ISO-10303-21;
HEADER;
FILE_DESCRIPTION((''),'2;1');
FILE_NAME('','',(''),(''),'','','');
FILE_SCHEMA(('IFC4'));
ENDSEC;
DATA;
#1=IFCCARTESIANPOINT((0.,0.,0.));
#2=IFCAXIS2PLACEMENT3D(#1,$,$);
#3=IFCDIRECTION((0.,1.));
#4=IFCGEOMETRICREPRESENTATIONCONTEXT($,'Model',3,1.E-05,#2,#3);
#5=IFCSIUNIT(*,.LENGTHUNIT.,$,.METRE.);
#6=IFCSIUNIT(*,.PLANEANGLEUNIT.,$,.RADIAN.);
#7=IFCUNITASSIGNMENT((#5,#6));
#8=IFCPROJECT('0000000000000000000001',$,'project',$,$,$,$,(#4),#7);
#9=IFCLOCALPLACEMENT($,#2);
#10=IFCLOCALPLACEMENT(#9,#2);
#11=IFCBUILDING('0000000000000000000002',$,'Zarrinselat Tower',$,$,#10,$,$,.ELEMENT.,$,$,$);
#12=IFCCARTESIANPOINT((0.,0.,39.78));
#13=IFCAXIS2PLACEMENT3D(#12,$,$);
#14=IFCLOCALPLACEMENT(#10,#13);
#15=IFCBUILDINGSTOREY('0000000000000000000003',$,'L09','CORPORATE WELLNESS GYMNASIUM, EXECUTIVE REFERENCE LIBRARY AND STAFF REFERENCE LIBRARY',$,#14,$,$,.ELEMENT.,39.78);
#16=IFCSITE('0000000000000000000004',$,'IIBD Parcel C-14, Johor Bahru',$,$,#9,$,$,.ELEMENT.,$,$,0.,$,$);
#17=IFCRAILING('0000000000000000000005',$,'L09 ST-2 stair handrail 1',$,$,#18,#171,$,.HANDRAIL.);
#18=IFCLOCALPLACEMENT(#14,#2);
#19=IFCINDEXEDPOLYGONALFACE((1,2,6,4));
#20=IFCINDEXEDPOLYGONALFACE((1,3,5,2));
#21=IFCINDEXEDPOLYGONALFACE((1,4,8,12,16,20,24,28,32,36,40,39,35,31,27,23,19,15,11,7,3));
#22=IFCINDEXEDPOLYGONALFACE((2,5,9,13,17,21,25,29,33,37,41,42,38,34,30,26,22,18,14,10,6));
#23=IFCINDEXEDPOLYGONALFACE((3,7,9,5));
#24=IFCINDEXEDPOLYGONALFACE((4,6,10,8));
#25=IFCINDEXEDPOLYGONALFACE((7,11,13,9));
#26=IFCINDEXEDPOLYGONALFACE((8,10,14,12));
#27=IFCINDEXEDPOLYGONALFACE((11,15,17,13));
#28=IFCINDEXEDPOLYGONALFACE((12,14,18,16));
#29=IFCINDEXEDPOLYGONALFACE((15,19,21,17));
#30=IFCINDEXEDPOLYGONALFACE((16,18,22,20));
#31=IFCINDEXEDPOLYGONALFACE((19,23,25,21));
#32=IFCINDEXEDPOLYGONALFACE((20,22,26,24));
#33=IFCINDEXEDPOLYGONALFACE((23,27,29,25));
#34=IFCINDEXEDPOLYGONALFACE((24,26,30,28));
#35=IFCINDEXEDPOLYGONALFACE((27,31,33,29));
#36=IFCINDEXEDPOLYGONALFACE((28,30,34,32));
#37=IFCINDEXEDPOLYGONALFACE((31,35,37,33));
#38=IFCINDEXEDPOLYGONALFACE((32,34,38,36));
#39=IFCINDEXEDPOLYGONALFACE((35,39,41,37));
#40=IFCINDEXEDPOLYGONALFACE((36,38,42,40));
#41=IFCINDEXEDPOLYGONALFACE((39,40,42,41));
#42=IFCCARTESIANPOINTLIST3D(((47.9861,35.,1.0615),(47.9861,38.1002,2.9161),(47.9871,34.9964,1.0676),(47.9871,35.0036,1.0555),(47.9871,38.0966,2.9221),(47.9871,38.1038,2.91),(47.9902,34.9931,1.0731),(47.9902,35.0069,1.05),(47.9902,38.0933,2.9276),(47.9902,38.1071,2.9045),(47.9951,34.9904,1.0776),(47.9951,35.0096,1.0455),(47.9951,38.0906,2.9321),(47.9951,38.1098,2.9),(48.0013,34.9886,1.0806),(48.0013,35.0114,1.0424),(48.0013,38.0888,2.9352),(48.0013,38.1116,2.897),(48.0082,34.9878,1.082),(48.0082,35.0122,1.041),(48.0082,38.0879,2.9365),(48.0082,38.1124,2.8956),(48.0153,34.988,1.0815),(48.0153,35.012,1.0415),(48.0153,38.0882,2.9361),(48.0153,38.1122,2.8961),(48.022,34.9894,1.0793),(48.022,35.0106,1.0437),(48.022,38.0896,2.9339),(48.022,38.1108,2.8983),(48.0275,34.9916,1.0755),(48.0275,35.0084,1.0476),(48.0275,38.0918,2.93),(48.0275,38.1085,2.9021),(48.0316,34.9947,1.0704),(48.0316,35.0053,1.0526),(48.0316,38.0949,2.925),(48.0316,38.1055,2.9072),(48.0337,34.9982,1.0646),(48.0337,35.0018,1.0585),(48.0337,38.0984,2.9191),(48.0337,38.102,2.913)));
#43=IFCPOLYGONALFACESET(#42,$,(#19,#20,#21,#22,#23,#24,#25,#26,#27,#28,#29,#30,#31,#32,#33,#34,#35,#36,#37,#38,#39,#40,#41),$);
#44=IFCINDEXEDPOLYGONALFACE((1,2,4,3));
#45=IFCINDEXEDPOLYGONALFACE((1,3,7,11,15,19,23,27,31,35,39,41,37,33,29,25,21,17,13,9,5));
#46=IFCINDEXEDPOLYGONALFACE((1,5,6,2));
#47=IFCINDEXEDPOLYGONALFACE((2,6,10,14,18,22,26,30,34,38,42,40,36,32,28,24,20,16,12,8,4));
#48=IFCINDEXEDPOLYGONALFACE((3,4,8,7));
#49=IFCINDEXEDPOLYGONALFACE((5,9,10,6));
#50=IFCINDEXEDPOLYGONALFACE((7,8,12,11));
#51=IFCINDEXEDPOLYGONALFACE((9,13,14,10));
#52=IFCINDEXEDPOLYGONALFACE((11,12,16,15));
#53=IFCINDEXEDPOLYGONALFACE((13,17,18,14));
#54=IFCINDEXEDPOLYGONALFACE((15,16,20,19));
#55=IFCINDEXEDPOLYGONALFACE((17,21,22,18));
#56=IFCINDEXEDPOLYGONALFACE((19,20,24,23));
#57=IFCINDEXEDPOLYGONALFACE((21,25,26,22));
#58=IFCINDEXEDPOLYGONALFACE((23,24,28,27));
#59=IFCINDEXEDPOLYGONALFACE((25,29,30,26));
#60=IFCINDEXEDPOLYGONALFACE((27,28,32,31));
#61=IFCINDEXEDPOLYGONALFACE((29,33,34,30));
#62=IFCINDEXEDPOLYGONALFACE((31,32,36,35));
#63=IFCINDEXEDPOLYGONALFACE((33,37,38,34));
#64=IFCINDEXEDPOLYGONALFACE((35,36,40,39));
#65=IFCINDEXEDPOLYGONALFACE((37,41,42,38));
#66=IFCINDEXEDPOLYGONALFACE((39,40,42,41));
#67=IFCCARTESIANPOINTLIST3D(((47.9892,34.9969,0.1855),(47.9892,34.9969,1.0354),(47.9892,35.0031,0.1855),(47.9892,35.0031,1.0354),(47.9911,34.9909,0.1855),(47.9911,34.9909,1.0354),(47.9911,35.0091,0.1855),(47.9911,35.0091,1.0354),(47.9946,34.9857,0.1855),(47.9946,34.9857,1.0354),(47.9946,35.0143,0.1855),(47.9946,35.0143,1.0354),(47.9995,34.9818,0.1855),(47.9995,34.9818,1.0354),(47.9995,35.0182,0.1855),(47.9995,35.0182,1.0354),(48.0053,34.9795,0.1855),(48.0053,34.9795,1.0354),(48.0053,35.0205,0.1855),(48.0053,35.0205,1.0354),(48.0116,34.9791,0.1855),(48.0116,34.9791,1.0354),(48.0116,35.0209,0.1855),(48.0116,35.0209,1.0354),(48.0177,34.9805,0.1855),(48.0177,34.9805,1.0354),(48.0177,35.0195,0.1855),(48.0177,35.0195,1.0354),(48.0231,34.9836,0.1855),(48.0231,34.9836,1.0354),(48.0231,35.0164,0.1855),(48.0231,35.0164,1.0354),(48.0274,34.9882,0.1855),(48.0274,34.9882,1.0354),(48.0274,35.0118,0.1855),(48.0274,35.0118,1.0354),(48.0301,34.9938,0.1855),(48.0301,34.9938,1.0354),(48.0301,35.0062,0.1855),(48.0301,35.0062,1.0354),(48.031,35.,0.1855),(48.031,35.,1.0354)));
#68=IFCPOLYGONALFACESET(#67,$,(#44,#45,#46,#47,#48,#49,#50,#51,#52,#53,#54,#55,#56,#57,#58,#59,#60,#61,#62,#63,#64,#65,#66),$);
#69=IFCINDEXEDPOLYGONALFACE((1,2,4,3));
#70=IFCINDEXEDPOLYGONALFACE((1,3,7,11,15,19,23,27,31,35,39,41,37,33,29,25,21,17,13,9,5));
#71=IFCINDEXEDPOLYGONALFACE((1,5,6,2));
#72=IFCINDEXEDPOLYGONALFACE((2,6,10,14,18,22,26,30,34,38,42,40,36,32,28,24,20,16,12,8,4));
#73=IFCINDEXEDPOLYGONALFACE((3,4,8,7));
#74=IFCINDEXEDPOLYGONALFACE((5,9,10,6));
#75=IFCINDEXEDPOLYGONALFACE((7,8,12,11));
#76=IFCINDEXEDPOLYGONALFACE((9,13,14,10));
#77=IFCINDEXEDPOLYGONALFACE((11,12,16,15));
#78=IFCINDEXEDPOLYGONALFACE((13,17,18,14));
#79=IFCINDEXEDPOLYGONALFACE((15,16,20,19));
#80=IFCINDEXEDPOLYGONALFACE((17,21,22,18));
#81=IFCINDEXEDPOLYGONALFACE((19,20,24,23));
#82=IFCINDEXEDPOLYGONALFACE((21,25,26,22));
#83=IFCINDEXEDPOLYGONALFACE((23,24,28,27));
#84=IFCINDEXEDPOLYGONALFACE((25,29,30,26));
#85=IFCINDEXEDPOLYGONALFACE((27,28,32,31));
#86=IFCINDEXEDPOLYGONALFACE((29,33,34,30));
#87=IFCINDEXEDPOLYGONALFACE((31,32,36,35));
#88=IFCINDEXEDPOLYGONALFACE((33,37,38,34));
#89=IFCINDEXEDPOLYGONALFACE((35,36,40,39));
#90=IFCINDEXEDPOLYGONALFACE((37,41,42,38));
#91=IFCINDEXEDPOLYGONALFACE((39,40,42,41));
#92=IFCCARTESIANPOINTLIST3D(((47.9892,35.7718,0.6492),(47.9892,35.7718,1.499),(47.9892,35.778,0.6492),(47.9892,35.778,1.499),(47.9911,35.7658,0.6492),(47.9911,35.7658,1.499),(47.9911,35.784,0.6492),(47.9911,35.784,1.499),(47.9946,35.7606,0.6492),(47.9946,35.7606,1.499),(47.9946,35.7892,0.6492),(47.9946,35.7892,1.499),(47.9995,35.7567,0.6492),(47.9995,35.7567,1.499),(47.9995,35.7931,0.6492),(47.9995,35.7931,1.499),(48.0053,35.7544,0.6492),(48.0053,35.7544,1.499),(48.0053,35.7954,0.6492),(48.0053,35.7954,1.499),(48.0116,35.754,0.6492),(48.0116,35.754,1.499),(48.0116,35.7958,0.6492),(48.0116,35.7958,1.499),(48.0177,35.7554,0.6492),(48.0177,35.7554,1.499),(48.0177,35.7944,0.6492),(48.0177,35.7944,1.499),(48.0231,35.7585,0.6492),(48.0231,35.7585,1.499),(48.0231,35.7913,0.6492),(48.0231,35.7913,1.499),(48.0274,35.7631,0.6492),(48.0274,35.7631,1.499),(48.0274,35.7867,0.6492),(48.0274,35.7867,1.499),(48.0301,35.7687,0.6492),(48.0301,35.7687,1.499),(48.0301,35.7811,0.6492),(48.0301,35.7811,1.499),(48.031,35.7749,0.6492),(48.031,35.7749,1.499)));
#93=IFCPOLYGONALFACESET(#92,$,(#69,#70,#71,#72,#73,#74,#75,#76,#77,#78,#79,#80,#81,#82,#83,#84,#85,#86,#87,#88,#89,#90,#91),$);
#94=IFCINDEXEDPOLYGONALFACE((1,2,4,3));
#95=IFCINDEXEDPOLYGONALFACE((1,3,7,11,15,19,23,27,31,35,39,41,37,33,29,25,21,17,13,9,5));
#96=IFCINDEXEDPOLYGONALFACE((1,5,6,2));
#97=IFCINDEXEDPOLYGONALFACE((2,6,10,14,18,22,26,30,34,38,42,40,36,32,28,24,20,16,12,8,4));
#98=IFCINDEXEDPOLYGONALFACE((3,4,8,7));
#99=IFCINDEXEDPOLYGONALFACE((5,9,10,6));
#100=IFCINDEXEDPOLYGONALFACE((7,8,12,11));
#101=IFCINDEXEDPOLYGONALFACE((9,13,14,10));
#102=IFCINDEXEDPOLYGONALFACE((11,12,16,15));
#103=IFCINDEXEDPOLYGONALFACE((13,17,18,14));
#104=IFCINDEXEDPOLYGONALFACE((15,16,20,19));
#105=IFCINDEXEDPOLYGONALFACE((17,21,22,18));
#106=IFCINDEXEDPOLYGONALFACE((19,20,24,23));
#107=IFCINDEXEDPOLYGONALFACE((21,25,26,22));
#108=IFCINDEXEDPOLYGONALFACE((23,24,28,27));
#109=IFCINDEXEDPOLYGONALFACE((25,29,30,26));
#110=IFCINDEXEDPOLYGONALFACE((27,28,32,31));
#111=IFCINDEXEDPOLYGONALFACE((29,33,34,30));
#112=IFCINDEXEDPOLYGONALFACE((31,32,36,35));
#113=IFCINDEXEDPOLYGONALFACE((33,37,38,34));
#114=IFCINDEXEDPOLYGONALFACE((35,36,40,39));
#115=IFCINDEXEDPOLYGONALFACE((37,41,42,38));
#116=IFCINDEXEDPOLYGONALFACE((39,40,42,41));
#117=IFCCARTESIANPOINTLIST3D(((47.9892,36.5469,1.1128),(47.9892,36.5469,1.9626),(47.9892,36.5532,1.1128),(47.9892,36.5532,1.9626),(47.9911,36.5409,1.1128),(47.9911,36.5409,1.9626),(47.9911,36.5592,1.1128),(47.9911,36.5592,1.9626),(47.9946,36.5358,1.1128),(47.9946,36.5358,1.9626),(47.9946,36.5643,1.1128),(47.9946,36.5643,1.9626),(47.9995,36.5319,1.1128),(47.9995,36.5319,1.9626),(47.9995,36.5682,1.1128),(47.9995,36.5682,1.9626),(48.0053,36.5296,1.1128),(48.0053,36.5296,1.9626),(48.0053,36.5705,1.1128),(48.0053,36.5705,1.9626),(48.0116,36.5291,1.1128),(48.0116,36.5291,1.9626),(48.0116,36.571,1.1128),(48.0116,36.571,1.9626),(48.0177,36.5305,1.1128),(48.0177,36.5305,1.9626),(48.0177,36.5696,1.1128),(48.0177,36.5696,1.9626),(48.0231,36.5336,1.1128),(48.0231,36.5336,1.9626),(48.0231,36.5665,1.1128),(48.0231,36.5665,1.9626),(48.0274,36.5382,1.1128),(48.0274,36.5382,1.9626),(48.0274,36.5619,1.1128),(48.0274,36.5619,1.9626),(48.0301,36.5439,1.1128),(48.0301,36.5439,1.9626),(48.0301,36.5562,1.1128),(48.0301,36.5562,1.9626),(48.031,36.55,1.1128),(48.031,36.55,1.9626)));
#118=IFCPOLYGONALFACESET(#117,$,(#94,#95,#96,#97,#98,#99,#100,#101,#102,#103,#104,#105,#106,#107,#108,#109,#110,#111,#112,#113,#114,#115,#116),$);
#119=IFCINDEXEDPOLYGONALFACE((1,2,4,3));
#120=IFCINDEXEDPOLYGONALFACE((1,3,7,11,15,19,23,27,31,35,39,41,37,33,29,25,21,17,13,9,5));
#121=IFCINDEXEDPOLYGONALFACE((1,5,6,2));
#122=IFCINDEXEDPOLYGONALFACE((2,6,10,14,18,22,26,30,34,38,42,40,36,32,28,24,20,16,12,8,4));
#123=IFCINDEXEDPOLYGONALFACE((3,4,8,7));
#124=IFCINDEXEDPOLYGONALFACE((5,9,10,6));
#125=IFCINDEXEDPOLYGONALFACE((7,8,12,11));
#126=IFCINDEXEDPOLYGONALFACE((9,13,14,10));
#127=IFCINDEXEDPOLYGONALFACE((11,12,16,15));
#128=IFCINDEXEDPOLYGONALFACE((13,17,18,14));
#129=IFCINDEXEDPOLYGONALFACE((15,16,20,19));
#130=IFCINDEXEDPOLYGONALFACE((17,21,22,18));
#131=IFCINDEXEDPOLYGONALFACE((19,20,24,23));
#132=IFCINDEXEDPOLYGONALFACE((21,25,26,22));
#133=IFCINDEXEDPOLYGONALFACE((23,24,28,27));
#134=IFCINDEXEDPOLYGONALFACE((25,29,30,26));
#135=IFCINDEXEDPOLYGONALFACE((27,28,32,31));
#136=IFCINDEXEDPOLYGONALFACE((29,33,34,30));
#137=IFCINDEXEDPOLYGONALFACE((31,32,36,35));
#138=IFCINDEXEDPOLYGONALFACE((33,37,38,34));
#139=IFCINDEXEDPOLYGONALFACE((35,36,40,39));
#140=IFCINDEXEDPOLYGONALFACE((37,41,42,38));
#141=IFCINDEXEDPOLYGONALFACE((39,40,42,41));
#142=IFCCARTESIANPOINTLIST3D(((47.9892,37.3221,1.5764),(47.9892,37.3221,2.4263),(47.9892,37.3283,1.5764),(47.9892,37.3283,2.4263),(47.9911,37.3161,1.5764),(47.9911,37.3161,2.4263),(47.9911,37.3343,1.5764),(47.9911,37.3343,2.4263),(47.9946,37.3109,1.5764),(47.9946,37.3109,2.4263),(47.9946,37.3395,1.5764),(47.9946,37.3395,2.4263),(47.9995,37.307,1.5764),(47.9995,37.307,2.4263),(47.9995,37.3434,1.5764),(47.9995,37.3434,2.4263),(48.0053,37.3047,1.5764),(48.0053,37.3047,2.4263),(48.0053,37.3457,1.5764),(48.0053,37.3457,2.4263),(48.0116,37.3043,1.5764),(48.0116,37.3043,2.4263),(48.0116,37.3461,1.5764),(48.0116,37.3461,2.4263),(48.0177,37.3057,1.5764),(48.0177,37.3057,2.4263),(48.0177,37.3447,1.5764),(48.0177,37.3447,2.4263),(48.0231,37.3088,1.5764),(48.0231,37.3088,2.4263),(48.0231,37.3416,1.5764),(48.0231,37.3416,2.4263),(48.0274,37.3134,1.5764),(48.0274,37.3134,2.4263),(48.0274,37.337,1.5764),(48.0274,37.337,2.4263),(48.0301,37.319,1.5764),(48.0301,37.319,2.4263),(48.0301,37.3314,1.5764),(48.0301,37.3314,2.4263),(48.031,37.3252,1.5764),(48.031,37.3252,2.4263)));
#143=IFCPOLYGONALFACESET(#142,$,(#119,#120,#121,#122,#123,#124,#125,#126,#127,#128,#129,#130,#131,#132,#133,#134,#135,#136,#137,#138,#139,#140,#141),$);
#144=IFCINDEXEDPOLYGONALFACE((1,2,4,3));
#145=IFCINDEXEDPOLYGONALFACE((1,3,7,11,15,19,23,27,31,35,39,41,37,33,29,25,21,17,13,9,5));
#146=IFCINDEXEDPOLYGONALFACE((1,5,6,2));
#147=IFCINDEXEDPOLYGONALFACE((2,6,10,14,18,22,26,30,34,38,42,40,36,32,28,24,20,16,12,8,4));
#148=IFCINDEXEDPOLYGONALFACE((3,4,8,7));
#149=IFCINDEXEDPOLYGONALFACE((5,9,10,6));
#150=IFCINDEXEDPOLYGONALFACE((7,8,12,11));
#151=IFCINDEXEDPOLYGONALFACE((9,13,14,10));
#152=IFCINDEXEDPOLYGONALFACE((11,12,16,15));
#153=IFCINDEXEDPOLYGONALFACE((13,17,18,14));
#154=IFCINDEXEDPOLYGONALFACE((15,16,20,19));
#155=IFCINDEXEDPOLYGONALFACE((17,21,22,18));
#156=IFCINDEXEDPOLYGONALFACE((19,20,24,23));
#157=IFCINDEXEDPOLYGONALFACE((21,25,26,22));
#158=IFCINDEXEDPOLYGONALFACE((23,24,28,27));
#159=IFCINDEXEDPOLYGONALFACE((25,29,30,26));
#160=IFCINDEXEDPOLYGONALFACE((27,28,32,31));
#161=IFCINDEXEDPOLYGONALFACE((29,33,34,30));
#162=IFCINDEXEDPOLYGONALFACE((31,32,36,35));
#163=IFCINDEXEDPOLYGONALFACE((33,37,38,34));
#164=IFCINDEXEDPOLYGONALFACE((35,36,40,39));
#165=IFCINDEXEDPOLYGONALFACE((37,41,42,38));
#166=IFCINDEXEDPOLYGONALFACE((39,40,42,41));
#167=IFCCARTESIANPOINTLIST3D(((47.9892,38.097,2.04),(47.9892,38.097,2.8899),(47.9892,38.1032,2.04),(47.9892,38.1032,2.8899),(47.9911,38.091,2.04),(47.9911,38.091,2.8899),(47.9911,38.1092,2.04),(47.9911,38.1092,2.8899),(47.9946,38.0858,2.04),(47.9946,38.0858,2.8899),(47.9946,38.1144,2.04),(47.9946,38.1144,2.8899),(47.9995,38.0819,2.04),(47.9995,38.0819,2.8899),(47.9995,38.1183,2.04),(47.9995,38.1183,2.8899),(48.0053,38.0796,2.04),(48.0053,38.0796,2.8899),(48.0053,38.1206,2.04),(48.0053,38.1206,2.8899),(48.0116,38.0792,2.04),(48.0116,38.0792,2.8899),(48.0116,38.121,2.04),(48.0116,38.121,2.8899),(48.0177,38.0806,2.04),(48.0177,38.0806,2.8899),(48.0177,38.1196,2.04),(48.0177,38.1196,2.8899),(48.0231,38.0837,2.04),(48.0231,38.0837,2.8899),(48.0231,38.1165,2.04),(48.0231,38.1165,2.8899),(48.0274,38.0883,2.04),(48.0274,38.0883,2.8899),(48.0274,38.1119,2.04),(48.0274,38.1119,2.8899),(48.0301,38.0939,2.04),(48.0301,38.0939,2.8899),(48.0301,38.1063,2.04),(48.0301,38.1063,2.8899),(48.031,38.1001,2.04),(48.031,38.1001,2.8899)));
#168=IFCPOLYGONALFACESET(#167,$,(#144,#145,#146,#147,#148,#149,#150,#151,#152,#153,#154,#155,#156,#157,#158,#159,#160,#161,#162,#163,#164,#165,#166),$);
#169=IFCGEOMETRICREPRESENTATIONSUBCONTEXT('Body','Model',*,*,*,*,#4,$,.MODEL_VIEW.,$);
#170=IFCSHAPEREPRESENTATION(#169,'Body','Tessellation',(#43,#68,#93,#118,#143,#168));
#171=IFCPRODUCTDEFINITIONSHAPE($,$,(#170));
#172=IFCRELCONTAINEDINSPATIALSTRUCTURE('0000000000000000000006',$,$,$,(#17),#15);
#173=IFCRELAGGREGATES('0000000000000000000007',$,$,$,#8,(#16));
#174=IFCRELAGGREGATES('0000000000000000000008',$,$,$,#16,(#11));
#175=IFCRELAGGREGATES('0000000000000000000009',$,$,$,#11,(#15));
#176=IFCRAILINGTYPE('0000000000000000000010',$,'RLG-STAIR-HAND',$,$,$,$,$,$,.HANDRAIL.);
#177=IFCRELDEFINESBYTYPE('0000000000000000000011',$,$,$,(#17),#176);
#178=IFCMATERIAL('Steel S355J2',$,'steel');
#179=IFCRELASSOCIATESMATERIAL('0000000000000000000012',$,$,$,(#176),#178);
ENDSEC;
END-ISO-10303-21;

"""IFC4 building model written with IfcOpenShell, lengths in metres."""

from ifc_helpers import new_model, si_unit, direction, frame, origin, origin_2d, place, context, subcontext, project, spatial, circle, extrude, material, type_object, element, save


model = new_model("IFC4")

# Units and contexts
model_context = context("Model", 3, precision=1e-05, world=origin(), true_north=direction((0.0, 1.0)))
body_context = subcontext(model_context, "Body", "Model", "MODEL_VIEW")
ifc_project = project(units=[si_unit("LENGTHUNIT", "METRE"), si_unit("PLANEANGLEUNIT", "RADIAN")], contexts=[model_context])

# Site, building, storey
site_placement = place(None, origin())
site = spatial("IfcSite", under=ifc_project, at=site_placement, Name="IIBD Parcel C-14, Johor Bahru", CompositionType="ELEMENT", RefElevation=0.0)
building_placement = place(site_placement, origin())
building = spatial("IfcBuilding", under=site, at=building_placement, Name="Zarrinselat Tower", CompositionType="ELEMENT")
storey_placement = place(building_placement, frame((0.0, 0.0, 39.78)))
storey = spatial("IfcBuildingStorey", under=building, at=storey_placement, Name="L09", Description="CORPORATE WELLNESS GYMNASIUM, EXECUTIVE REFERENCE LIBRARY AND STAFF REFERENCE LIBRARY", CompositionType="ELEMENT", Elevation=39.78)

# Railing
ifc_material_1 = material(Name="Steel S355J2", Category="steel")
railing_type_1 = type_object("IfcRailingType", Name="RLG-STAIR-HAND", PredefinedType="HANDRAIL", material=ifc_material_1)
railing_1_placement = place(storey_placement, frame((48.01, 35.0, 0.1855)))
element("IfcRailing", 1, at=railing_1_placement, inside=storey, type_object=railing_type_1, Name="L09 ST-2 stair handrail 1", PredefinedType="HANDRAIL", context=body_context, shape_type="SweptSolid", body=[
    extrude(circle(Radius=0.0239, at=origin_2d()), frame((0.0, 0.0, 0.876), z_axis=(0.0, 0.858172, 0.513362), x_axis=(-1.0, 0.0, 0.0)), (0.0, 0.0, 1.0), 3.6125),
    extrude(circle(Radius=0.021, at=origin_2d()), origin(), (0.0, 0.0, 1.0), 0.8499),
    extrude(circle(Radius=0.021, at=origin_2d()), frame((0.0, 0.7749, 0.4636)), (0.0, 0.0, 1.0), 0.8499),
    extrude(circle(Radius=0.021, at=origin_2d()), frame((0.0, 1.55, 0.9272)), (0.0, 0.0, 1.0), 0.8499),
    extrude(circle(Radius=0.021, at=origin_2d()), frame((0.0, 2.3252, 1.3909)), (0.0, 0.0, 1.0), 0.8499),
    extrude(circle(Radius=0.021, at=origin_2d()), frame((0.0, 3.1001, 1.8545)), (0.0, 0.0, 1.0), 0.8499),
])

save(model, "model.ifc")
